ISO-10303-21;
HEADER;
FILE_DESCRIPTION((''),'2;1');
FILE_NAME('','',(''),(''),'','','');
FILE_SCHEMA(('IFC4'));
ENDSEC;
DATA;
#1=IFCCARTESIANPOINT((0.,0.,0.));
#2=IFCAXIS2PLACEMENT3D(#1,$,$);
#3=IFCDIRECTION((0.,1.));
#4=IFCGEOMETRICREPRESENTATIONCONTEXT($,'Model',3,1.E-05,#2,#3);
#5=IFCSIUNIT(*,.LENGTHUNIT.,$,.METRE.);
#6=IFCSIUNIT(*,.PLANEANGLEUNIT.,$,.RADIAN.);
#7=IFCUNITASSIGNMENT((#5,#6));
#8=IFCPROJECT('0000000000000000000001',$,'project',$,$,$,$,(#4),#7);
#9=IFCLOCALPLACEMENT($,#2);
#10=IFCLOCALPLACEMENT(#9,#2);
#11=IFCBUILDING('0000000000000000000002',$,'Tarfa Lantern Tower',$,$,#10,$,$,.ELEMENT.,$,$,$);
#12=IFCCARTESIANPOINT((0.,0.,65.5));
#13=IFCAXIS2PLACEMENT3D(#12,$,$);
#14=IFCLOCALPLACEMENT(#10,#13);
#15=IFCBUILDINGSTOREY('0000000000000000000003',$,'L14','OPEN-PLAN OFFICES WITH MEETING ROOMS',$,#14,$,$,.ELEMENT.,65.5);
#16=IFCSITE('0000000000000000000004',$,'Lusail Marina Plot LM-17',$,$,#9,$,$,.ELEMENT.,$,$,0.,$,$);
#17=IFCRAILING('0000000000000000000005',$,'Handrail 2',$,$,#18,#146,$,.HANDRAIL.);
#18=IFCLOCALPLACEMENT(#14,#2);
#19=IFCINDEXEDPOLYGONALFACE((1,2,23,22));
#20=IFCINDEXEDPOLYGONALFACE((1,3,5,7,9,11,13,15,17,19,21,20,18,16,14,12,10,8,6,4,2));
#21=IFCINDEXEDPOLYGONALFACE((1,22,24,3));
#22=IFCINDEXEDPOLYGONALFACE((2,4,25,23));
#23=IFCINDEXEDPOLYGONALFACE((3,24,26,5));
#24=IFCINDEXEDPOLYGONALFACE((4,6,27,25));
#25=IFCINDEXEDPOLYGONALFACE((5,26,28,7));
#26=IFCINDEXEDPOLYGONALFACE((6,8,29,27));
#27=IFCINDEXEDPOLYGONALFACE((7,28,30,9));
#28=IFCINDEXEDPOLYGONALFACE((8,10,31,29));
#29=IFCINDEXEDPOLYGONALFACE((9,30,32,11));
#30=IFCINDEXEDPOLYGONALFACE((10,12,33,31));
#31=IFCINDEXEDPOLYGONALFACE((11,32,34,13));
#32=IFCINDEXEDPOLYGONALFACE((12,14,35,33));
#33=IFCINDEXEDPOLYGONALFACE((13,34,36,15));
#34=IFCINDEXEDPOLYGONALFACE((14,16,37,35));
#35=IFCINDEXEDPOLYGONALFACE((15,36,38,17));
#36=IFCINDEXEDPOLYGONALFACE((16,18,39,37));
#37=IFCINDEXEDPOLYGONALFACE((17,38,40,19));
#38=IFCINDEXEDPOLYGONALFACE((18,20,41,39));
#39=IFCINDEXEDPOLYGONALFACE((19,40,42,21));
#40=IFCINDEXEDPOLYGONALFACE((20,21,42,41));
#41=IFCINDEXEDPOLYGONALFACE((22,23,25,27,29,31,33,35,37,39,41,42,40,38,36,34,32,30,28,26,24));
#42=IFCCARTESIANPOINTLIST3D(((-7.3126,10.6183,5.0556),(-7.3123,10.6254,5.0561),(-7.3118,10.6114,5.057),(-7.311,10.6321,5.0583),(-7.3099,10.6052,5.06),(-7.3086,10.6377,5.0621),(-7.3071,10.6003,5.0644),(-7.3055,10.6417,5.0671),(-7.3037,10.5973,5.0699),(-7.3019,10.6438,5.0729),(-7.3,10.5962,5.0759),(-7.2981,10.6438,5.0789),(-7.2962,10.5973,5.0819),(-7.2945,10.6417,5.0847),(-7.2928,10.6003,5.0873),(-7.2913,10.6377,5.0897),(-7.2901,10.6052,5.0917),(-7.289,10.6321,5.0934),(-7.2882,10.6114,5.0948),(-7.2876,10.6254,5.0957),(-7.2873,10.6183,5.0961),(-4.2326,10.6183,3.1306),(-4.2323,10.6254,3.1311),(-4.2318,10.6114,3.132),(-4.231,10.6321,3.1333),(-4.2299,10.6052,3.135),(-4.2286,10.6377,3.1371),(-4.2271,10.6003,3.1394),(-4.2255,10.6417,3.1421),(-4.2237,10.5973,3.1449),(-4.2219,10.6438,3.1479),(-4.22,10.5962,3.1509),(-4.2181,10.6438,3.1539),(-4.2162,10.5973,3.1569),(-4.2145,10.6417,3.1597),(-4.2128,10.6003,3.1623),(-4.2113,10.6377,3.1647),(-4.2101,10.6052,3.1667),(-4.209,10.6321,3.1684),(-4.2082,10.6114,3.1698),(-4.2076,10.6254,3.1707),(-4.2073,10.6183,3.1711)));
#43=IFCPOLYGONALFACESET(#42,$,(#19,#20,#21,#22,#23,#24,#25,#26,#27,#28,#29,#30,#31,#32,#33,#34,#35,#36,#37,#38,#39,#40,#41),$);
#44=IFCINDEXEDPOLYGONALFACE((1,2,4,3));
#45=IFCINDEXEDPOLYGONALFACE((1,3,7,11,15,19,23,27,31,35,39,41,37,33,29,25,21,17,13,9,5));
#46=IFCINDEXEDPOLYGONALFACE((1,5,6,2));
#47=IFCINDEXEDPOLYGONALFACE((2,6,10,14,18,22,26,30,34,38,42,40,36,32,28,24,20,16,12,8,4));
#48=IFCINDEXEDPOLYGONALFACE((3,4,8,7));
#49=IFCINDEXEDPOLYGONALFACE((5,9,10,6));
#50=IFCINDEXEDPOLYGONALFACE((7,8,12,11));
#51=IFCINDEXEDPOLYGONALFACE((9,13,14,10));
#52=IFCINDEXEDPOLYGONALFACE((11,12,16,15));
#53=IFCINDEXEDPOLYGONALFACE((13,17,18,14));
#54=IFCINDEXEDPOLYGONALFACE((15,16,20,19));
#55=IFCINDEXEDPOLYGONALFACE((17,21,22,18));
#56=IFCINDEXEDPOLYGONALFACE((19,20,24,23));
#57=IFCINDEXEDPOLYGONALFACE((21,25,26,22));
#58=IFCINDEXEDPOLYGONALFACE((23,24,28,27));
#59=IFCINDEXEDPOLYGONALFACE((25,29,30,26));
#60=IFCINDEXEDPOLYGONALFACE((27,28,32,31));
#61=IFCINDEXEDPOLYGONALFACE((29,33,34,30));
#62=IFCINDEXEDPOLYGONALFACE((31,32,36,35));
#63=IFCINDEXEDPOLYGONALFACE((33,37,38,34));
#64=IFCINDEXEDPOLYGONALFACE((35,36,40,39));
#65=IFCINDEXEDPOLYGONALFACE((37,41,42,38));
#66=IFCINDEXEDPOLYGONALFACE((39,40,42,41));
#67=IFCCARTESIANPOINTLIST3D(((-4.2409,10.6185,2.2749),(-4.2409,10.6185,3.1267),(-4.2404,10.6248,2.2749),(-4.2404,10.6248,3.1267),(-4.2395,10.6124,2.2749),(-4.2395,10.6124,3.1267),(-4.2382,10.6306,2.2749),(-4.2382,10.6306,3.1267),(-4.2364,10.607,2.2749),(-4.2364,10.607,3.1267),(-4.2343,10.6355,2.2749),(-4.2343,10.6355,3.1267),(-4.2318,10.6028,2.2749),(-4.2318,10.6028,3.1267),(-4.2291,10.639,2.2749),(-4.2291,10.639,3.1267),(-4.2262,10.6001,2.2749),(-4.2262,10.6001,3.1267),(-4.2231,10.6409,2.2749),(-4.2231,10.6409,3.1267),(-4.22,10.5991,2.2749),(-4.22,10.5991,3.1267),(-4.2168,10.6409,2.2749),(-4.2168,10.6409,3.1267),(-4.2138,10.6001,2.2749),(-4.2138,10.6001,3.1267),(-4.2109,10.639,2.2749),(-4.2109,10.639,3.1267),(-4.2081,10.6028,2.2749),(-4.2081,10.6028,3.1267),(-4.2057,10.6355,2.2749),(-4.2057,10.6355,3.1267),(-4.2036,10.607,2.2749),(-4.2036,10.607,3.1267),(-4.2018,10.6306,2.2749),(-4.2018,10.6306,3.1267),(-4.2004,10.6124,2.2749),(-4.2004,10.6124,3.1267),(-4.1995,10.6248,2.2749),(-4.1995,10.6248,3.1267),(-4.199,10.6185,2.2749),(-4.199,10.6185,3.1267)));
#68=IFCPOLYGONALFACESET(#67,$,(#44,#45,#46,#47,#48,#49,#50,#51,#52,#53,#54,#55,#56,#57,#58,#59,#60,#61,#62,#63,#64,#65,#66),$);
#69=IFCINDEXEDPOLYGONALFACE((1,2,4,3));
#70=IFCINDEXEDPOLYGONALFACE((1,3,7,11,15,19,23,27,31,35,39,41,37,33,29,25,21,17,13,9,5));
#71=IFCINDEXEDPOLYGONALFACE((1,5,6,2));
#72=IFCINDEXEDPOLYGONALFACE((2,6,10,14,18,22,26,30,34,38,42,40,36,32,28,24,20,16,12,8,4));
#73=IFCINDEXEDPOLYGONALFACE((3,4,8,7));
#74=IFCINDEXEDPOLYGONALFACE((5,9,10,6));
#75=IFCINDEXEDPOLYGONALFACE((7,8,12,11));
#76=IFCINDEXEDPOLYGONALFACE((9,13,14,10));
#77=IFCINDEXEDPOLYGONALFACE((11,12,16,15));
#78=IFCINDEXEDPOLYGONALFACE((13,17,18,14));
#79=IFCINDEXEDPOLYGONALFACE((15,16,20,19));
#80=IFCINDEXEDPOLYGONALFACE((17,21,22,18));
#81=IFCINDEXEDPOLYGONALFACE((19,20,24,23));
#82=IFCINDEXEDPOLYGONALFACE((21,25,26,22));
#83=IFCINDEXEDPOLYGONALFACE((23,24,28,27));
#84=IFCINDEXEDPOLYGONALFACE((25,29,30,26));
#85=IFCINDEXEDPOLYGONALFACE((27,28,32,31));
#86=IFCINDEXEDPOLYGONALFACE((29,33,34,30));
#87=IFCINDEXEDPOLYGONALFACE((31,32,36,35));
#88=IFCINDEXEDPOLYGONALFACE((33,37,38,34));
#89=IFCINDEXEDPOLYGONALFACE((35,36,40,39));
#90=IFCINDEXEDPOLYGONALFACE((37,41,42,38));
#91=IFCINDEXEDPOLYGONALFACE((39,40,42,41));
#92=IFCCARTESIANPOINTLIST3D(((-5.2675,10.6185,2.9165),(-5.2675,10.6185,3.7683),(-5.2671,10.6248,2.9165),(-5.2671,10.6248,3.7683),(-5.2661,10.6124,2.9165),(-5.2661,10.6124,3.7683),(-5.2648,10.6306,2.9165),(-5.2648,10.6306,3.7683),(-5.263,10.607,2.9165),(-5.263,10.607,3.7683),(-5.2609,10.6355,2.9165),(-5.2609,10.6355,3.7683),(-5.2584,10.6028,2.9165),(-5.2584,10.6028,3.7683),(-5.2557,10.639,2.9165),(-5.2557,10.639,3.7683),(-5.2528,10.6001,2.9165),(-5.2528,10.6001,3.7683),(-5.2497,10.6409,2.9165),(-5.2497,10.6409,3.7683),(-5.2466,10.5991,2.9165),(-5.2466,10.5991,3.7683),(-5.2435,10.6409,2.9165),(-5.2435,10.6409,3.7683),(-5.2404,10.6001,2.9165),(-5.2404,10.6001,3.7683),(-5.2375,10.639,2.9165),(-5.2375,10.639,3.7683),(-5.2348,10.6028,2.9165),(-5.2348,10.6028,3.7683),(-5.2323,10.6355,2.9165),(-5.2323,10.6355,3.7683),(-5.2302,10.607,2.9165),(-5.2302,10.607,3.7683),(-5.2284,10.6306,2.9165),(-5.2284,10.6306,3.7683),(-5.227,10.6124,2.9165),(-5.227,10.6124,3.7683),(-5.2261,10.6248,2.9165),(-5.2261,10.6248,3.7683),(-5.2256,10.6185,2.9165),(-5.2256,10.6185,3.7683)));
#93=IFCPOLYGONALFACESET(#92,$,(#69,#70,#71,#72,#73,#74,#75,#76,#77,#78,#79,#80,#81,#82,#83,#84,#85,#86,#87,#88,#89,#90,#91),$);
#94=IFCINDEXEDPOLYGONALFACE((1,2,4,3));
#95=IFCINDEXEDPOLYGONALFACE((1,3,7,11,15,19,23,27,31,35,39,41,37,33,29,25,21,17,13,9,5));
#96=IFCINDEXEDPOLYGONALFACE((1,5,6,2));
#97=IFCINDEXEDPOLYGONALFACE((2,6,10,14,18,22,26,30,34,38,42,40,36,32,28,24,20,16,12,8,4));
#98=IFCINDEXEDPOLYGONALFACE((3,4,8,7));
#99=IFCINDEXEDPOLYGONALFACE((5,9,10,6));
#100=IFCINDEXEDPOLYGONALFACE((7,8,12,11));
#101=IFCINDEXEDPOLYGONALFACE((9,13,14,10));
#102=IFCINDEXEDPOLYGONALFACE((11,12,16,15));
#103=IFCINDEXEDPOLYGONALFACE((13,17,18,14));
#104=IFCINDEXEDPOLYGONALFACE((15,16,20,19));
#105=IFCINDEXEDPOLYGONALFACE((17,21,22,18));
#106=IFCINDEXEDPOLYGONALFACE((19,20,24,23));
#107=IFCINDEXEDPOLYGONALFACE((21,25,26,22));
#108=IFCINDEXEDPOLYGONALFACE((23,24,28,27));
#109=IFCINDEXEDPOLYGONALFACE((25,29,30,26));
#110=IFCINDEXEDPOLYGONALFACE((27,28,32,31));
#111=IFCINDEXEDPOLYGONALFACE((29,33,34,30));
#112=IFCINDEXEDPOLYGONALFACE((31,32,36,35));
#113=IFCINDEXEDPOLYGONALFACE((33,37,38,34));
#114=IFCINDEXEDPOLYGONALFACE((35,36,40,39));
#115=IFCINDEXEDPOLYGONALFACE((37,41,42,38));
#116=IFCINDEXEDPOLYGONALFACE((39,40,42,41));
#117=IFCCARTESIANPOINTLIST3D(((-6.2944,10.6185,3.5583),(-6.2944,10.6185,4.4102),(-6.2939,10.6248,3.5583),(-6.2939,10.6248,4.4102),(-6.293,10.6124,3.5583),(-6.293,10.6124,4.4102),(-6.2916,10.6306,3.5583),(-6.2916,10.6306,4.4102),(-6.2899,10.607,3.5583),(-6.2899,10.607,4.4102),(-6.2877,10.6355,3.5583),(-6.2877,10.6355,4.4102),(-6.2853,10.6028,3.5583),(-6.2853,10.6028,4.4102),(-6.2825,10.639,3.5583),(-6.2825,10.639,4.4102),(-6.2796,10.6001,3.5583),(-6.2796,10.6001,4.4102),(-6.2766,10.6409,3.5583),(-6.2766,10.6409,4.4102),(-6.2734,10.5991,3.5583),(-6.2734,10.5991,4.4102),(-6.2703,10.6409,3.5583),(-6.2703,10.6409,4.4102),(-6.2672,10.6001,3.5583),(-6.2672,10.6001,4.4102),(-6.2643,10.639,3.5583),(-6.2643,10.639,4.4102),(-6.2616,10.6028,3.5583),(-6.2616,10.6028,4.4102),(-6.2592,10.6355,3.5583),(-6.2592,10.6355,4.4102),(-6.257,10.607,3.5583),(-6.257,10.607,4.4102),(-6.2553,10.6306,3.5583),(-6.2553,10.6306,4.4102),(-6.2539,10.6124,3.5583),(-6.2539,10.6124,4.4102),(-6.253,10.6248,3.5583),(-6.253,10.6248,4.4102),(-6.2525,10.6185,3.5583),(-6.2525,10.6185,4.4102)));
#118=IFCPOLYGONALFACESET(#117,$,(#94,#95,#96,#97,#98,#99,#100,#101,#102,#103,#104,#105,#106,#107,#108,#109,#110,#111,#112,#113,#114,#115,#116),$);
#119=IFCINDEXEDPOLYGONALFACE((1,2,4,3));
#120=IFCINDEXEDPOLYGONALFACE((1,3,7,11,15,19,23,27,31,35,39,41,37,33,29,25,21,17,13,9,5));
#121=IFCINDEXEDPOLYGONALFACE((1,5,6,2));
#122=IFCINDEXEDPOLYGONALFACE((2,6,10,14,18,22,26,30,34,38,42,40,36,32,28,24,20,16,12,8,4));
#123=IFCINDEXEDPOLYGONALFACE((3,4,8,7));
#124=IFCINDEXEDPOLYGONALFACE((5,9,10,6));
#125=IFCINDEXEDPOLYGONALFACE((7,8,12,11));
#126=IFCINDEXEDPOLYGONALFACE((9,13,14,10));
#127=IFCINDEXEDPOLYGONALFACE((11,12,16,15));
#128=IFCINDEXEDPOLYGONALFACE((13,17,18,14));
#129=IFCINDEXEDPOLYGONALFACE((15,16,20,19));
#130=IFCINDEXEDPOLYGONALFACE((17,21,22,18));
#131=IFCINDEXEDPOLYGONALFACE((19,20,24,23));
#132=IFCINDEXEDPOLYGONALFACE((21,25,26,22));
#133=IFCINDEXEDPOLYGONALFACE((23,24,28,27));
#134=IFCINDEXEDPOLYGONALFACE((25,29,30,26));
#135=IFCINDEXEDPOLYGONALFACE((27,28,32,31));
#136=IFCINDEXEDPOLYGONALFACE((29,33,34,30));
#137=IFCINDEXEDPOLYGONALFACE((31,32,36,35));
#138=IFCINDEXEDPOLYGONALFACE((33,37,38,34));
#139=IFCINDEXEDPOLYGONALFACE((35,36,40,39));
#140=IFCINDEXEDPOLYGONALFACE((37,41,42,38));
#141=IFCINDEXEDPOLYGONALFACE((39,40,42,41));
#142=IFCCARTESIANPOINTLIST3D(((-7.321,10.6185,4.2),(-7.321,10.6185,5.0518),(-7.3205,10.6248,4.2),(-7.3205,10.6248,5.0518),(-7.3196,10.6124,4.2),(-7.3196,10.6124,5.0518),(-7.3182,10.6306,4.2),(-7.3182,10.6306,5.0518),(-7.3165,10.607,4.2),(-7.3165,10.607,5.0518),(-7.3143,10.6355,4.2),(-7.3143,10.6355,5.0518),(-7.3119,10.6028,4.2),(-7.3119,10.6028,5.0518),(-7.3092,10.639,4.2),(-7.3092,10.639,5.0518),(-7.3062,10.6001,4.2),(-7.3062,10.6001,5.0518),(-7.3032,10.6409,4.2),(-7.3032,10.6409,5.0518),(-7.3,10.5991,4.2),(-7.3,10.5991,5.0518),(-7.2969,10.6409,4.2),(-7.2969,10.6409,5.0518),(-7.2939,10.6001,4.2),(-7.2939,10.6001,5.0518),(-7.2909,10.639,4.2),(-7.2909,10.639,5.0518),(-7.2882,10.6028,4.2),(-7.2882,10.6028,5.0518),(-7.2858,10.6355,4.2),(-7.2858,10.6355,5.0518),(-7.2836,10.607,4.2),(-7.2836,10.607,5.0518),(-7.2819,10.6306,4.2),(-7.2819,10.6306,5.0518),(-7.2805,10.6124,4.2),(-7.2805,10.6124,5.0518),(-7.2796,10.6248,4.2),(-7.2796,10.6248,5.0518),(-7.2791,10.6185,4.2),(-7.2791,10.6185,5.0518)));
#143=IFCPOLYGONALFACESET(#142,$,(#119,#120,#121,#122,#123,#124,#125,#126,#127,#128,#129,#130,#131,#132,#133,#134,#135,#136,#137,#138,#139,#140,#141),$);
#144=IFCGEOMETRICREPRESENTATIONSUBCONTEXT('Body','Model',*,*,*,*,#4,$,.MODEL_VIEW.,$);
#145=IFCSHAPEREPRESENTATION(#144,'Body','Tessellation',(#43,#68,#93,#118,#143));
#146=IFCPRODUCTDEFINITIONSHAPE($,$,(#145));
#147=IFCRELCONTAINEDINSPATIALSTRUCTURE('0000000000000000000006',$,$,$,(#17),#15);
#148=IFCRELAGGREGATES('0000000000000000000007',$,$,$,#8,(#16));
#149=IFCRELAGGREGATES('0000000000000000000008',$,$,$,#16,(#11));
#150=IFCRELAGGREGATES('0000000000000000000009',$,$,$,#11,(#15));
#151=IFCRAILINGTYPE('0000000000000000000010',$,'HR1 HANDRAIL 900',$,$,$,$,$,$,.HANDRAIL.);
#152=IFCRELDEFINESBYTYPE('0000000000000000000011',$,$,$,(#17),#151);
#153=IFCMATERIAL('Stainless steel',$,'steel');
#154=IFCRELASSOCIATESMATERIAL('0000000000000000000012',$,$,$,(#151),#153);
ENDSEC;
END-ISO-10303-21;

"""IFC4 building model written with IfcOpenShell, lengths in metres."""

from ifc_helpers import new_model, si_unit, direction, frame, origin, origin_2d, place, context, subcontext, project, spatial, circle, extrude, material, type_object, element, save


model = new_model("IFC4")

# Units and contexts
model_context = context("Model", 3, precision=1e-05, world=origin(), true_north=direction((0.0, 1.0)))
body_context = subcontext(model_context, "Body", "Model", "MODEL_VIEW")
ifc_project = project(units=[si_unit("LENGTHUNIT", "METRE"), si_unit("PLANEANGLEUNIT", "RADIAN")], contexts=[model_context])

# Site, building, storey
site_placement = place(None, origin())
site = spatial("IfcSite", under=ifc_project, at=site_placement, Name="Lusail Marina Plot LM-17", CompositionType="ELEMENT", RefElevation=0.0)
building_placement = place(site_placement, origin())
building = spatial("IfcBuilding", under=site, at=building_placement, Name="Tarfa Lantern Tower", CompositionType="ELEMENT")
storey_placement = place(building_placement, frame((0.0, 0.0, 65.5)))
storey = spatial("IfcBuildingStorey", under=building, at=storey_placement, Name="L14", Description="OPEN-PLAN OFFICES WITH MEETING ROOMS", CompositionType="ELEMENT", Elevation=65.5)

# Railing
ifc_material_1 = material(Name="Stainless steel", Category="steel")
railing_type = type_object("IfcRailingType", Name="HR1 HANDRAIL 900", PredefinedType="HANDRAIL", material=ifc_material_1)
railing_1_placement = place(storey_placement, frame((-4.22, 10.6201, 2.2749)))
element("IfcRailing", 1, at=railing_1_placement, inside=storey, type_object=railing_type, Name="Handrail 2", PredefinedType="HANDRAIL", context=body_context, shape_type="SweptSolid", body=[
    extrude(circle(Radius=0.0239, at=origin_2d()), frame((0.0, 0.0, 0.876), z_axis=(-0.847998, 0.0, 0.529999), x_axis=(0.0, -1.0, 0.0)), (0.0, 0.0, 1.0), 3.6321),
    extrude(circle(Radius=0.021, at=origin_2d()), frame((0.0, 0.0, 0.0), z_axis=(0.0, 0.0, 1.0), x_axis=(0.0, -1.0, 0.0)), (0.0, 0.0, 1.0), 0.8518),
    extrude(circle(Radius=0.021, at=origin_2d()), frame((-1.0266, 0.0, 0.6416), z_axis=(0.0, 0.0, 1.0), x_axis=(0.0, -1.0, 0.0)), (0.0, 0.0, 1.0), 0.8518),
    extrude(circle(Radius=0.021, at=origin_2d()), frame((-2.0535, 0.0, 1.2834), z_axis=(0.0, 0.0, 1.0), x_axis=(0.0, -1.0, 0.0)), (0.0, 0.0, 1.0), 0.8518),
    extrude(circle(Radius=0.021, at=origin_2d()), frame((-3.0801, 0.0, 1.925), z_axis=(0.0, 0.0, 1.0), x_axis=(0.0, -1.0, 0.0)), (0.0, 0.0, 1.0), 0.8518),
])

save(model, "model.ifc")
